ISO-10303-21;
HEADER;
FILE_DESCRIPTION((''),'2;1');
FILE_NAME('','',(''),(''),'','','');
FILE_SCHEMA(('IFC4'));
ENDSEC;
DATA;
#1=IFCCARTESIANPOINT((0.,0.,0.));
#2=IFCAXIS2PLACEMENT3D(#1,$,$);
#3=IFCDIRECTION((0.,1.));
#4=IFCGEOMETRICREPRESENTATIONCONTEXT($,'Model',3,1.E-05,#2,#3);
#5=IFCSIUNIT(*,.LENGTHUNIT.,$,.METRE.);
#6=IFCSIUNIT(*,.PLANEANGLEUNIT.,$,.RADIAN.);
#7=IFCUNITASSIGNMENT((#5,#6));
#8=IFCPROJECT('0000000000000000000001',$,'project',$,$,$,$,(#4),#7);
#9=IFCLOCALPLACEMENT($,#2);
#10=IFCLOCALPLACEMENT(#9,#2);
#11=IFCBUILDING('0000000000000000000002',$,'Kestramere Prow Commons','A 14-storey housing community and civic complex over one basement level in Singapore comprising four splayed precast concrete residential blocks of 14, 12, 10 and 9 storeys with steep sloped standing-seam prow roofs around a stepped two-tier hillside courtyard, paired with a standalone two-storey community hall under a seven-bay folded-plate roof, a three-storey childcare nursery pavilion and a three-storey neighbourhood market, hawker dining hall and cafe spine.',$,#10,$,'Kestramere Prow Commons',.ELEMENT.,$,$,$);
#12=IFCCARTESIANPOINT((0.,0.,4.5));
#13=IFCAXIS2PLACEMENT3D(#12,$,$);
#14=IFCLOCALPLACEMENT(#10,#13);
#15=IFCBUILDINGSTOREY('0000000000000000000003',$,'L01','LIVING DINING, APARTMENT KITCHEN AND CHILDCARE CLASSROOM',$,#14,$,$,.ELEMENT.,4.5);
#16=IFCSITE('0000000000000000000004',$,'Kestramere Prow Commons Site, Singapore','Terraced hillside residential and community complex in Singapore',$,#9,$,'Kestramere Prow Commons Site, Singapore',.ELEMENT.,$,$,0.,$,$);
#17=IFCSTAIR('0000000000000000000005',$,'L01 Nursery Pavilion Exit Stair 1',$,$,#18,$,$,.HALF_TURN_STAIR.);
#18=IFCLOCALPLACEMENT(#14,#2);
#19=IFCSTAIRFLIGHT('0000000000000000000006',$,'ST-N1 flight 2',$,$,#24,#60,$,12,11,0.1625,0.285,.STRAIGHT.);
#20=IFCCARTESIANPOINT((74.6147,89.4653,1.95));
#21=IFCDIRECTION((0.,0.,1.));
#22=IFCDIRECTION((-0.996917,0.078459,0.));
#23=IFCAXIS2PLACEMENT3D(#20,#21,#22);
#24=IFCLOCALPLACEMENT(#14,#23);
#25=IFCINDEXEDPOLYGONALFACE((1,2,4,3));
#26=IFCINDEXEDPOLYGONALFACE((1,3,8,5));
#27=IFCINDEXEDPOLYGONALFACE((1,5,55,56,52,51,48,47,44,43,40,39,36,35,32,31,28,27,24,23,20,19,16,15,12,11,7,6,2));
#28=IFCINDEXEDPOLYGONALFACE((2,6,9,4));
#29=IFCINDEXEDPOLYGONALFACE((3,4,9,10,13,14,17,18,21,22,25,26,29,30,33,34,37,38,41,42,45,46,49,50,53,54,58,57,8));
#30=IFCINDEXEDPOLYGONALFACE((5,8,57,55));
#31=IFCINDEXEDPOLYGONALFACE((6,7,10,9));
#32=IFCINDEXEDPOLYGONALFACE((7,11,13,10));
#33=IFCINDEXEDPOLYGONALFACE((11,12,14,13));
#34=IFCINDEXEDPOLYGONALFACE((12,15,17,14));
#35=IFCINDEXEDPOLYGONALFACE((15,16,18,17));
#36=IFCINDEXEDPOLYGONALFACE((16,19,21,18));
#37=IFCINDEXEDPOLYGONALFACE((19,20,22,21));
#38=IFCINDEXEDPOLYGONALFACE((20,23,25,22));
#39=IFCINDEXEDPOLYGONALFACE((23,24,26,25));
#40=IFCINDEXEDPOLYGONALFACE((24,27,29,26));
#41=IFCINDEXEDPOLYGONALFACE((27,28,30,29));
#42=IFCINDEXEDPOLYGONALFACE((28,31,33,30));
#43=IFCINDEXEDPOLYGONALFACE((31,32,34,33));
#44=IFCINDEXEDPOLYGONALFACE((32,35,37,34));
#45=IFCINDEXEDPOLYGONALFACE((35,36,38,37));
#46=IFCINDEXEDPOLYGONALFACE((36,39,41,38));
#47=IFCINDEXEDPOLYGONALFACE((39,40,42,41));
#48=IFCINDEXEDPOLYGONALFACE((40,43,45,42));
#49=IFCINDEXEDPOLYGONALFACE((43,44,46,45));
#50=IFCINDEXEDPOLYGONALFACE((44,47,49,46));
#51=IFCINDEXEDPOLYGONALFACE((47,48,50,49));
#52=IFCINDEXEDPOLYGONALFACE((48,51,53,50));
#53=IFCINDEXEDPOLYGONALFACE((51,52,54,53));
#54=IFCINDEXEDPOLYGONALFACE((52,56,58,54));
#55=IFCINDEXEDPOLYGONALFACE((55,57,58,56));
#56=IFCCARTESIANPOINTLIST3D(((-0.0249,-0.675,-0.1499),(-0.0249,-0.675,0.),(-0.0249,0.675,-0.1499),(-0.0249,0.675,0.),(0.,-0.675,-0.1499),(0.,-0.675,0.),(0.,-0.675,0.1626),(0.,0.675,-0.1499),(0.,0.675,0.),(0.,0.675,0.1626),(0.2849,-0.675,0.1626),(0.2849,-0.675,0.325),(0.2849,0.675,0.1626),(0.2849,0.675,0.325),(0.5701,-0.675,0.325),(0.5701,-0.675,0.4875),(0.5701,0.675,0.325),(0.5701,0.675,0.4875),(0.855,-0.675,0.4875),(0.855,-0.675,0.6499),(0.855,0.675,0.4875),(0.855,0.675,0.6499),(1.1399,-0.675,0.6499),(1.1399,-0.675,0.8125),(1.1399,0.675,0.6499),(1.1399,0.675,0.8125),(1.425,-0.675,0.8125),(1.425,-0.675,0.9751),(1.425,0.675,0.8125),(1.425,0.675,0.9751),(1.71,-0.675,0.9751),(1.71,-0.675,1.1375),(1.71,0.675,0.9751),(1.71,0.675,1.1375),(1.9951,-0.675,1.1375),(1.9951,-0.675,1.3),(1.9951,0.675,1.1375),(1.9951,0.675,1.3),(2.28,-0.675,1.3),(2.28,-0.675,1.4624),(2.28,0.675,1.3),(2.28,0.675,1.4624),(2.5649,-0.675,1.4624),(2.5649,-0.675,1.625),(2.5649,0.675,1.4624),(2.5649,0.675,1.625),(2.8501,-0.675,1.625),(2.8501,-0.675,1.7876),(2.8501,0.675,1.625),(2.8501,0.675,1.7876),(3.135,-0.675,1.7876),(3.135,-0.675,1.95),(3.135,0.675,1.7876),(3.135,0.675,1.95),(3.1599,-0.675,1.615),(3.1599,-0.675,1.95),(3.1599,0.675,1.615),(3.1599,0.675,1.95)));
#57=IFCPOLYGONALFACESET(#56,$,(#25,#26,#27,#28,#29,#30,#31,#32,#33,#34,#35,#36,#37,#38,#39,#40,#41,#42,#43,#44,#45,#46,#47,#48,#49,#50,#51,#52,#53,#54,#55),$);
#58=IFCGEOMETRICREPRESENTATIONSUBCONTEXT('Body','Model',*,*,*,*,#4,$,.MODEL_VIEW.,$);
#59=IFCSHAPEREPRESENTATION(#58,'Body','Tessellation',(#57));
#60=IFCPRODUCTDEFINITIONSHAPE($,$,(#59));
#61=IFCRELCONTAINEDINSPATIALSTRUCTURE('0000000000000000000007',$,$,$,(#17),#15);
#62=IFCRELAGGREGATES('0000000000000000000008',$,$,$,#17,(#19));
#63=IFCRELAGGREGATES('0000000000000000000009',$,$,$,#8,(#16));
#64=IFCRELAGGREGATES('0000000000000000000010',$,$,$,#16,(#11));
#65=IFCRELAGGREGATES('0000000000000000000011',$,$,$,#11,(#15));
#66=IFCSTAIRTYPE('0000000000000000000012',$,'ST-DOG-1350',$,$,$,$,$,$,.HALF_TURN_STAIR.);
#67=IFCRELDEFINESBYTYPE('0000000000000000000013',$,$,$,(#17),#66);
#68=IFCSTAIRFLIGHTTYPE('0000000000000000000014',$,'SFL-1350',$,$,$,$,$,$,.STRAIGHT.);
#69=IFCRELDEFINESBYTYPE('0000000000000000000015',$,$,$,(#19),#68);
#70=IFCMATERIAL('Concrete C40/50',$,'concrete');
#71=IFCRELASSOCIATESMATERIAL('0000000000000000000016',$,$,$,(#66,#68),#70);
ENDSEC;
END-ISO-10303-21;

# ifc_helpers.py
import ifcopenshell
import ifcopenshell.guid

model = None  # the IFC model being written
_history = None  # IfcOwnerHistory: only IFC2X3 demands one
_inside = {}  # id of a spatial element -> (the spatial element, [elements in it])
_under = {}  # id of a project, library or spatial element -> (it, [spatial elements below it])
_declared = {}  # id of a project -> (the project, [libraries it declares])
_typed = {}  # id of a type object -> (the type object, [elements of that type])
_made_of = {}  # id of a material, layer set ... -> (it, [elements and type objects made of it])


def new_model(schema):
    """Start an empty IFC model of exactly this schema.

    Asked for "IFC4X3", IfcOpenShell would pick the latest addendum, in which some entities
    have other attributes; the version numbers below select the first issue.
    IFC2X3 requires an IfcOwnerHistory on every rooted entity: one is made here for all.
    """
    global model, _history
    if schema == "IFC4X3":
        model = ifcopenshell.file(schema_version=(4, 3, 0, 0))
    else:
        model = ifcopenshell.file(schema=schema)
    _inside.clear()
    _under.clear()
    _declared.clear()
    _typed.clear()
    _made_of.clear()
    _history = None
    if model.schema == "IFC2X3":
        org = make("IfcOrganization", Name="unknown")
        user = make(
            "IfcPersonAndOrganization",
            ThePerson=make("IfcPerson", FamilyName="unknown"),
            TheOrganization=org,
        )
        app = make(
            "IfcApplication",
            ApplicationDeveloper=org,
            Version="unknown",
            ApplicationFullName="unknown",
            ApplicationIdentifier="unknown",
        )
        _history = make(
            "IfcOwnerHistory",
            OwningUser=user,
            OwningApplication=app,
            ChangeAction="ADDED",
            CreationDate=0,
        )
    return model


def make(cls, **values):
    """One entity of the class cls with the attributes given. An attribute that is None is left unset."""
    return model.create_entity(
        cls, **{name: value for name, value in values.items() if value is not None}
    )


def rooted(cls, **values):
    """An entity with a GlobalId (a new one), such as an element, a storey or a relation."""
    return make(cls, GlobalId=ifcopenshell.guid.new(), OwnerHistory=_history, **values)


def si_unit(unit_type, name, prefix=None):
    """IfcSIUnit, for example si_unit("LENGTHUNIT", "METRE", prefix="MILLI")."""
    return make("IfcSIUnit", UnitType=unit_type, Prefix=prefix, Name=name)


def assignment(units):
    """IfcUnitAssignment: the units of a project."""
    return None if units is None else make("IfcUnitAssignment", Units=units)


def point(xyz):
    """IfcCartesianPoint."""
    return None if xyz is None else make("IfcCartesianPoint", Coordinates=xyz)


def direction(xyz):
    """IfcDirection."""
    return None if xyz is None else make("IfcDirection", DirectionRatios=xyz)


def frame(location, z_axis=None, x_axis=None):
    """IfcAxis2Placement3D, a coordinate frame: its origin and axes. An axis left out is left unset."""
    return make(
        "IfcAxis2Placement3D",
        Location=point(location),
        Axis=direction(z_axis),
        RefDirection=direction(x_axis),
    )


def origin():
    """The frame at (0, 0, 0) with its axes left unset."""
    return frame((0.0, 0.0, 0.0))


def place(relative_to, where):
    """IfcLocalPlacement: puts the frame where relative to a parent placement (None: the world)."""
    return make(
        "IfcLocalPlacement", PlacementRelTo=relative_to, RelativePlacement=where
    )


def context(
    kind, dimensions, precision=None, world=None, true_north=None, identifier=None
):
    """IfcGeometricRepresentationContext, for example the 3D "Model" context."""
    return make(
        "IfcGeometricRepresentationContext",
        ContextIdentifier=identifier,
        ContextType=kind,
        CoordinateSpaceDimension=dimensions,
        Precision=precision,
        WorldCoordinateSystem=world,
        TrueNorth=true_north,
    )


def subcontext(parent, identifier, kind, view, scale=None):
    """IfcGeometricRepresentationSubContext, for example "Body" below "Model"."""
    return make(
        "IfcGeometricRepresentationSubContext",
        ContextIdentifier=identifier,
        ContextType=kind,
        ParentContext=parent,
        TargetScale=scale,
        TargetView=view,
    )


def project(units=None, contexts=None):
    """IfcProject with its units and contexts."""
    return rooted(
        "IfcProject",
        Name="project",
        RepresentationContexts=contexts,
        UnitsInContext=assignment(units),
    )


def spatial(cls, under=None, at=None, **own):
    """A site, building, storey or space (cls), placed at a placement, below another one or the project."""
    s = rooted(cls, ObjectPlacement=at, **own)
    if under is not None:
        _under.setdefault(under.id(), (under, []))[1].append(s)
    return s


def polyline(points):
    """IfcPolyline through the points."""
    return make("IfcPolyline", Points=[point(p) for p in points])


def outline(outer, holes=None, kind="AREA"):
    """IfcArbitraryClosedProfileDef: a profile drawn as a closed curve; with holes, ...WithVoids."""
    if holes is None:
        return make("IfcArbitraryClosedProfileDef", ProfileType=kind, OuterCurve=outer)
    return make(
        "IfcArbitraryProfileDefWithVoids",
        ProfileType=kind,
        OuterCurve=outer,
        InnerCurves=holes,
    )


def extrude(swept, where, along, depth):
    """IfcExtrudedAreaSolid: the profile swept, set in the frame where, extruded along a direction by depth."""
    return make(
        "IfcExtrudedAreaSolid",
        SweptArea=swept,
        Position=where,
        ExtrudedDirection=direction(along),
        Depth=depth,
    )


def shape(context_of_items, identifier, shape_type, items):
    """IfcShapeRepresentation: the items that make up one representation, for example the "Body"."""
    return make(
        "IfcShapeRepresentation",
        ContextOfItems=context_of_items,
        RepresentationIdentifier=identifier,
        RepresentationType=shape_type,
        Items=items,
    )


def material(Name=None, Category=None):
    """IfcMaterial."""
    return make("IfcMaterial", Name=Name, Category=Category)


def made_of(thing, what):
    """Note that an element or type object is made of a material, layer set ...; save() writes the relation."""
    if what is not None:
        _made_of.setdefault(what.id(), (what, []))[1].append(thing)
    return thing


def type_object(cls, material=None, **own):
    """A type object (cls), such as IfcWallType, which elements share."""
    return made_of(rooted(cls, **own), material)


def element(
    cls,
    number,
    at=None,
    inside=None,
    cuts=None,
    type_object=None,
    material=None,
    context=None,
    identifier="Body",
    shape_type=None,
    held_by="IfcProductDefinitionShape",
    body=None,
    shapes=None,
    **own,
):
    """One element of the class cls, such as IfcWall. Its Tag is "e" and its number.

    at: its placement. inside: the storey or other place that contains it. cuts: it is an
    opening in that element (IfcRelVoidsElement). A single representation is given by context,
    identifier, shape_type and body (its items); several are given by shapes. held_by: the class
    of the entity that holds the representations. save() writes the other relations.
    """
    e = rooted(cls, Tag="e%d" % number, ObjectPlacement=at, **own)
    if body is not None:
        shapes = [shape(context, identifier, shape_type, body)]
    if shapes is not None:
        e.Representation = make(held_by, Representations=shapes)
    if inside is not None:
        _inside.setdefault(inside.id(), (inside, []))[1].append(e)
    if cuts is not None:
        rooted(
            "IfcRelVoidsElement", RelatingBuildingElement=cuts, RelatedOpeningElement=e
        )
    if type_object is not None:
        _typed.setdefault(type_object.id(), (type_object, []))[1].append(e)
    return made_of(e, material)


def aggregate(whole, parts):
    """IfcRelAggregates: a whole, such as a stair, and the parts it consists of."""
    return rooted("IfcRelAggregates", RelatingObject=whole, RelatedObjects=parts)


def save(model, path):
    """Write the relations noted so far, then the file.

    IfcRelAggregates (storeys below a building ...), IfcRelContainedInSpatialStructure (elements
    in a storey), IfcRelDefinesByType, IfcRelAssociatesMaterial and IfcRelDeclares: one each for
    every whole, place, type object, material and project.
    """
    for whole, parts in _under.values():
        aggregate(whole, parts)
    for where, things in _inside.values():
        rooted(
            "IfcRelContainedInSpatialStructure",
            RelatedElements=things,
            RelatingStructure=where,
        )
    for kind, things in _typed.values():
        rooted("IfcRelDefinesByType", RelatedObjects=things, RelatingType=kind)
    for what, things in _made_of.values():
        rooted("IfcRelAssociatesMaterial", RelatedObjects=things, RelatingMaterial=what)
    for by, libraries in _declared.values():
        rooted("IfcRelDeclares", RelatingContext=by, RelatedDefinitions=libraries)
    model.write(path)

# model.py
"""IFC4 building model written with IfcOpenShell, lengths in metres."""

from ifc_helpers import new_model, si_unit, direction, frame, origin, place, context, subcontext, project, spatial, polyline, outline, extrude, material, type_object, element, aggregate, save


model = new_model("IFC4")

# Units and contexts
model_context = context("Model", 3, precision=1e-05, world=origin(), true_north=direction((0.0, 1.0)))
body_context = subcontext(model_context, "Body", "Model", "MODEL_VIEW")
ifc_project = project(units=[si_unit("LENGTHUNIT", "METRE"), si_unit("PLANEANGLEUNIT", "RADIAN")], contexts=[model_context])

# Site, building, storey
site_placement = place(None, origin())
site = spatial("IfcSite", under=ifc_project, at=site_placement, Name="Kestramere Prow Commons Site, Singapore", Description="Terraced hillside residential and community complex in Singapore", LongName="Kestramere Prow Commons Site, Singapore", CompositionType="ELEMENT", RefElevation=0.0)
building_placement = place(site_placement, origin())
building = spatial("IfcBuilding", under=site, at=building_placement, Name="Kestramere Prow Commons", Description="A 14-storey housing community and civic complex over one basement level in Singapore comprising four splayed precast concrete residential blocks of 14, 12, 10 and 9 storeys with steep sloped standing-seam prow roofs around a stepped two-tier hillside courtyard, paired with a standalone two-storey community hall under a seven-bay folded-plate roof, a three-storey childcare nursery pavilion and a three-storey neighbourhood market, hawker dining hall and cafe spine.", LongName="Kestramere Prow Commons", CompositionType="ELEMENT")
storey_placement = place(building_placement, frame((0.0, 0.0, 4.5)))
storey = spatial("IfcBuildingStorey", under=building, at=storey_placement, Name="L01", Description="LIVING DINING, APARTMENT KITCHEN AND CHILDCARE CLASSROOM", CompositionType="ELEMENT", Elevation=4.5)

# Shared definitions
ifc_material_1 = material(Name="Concrete C40/50", Category="concrete")

# Stair, stair flight
stair_type = type_object("IfcStairType", Name="ST-DOG-1350", PredefinedType="HALF_TURN_STAIR", material=ifc_material_1)
stair_placement = place(storey_placement, origin())
stair = element("IfcStair", 1, at=stair_placement, inside=storey, type_object=stair_type, Name="L01 Nursery Pavilion Exit Stair 1", PredefinedType="HALF_TURN_STAIR")
stair_flight_type = type_object("IfcStairFlightType", Name="SFL-1350", PredefinedType="STRAIGHT", material=ifc_material_1)
stair_flight_1_placement = place(storey_placement, frame((74.6147, 89.4653, 1.95), z_axis=(0.0, 0.0, 1.0), x_axis=(-0.996917, 0.078459, 0.0)))
stair_flight_1 = element("IfcStairFlight", 2, at=stair_flight_1_placement, type_object=stair_flight_type, Name="ST-N1 flight 2", NumberOfRisers=12, NumberOfTreads=11, PredefinedType="STRAIGHT", RiserHeight=0.1625, TreadLength=0.285, context=body_context, shape_type="SweptSolid", body=[
    extrude(outline(polyline([(-0.0249, 0.0), (0.0, 0.0), (0.0, 0.1626), (0.2849, 0.1626), (0.2849, 0.325), (0.5701, 0.325), (0.5701, 0.4875), (0.855, 0.4875), (0.855, 0.6499), (1.1399, 0.6499), (1.1399, 0.8125), (1.425, 0.8125), (1.425, 0.9751), (1.71, 0.9751), (1.71, 1.1375), (1.9951, 1.1375), (1.9951, 1.3), (2.28, 1.3), (2.28, 1.4624), (2.5649, 1.4624), (2.5649, 1.625), (2.8501, 1.625), (2.8501, 1.7876), (3.135, 1.7876), (3.135, 1.95), (3.1599, 1.95), (3.1599, 1.615), (0.0, -0.1499), (-0.0249, -0.1499), (-0.0249, 0.0)])), frame((0.0, 0.675, 0.0), z_axis=(0.0, -1.0, 0.0), x_axis=(1.0, 0.0, 0.0)), (0.0, 0.0, 1.0), 1.3501),
])
aggregate(stair, [stair_flight_1])

save(model, "model.ifc")
